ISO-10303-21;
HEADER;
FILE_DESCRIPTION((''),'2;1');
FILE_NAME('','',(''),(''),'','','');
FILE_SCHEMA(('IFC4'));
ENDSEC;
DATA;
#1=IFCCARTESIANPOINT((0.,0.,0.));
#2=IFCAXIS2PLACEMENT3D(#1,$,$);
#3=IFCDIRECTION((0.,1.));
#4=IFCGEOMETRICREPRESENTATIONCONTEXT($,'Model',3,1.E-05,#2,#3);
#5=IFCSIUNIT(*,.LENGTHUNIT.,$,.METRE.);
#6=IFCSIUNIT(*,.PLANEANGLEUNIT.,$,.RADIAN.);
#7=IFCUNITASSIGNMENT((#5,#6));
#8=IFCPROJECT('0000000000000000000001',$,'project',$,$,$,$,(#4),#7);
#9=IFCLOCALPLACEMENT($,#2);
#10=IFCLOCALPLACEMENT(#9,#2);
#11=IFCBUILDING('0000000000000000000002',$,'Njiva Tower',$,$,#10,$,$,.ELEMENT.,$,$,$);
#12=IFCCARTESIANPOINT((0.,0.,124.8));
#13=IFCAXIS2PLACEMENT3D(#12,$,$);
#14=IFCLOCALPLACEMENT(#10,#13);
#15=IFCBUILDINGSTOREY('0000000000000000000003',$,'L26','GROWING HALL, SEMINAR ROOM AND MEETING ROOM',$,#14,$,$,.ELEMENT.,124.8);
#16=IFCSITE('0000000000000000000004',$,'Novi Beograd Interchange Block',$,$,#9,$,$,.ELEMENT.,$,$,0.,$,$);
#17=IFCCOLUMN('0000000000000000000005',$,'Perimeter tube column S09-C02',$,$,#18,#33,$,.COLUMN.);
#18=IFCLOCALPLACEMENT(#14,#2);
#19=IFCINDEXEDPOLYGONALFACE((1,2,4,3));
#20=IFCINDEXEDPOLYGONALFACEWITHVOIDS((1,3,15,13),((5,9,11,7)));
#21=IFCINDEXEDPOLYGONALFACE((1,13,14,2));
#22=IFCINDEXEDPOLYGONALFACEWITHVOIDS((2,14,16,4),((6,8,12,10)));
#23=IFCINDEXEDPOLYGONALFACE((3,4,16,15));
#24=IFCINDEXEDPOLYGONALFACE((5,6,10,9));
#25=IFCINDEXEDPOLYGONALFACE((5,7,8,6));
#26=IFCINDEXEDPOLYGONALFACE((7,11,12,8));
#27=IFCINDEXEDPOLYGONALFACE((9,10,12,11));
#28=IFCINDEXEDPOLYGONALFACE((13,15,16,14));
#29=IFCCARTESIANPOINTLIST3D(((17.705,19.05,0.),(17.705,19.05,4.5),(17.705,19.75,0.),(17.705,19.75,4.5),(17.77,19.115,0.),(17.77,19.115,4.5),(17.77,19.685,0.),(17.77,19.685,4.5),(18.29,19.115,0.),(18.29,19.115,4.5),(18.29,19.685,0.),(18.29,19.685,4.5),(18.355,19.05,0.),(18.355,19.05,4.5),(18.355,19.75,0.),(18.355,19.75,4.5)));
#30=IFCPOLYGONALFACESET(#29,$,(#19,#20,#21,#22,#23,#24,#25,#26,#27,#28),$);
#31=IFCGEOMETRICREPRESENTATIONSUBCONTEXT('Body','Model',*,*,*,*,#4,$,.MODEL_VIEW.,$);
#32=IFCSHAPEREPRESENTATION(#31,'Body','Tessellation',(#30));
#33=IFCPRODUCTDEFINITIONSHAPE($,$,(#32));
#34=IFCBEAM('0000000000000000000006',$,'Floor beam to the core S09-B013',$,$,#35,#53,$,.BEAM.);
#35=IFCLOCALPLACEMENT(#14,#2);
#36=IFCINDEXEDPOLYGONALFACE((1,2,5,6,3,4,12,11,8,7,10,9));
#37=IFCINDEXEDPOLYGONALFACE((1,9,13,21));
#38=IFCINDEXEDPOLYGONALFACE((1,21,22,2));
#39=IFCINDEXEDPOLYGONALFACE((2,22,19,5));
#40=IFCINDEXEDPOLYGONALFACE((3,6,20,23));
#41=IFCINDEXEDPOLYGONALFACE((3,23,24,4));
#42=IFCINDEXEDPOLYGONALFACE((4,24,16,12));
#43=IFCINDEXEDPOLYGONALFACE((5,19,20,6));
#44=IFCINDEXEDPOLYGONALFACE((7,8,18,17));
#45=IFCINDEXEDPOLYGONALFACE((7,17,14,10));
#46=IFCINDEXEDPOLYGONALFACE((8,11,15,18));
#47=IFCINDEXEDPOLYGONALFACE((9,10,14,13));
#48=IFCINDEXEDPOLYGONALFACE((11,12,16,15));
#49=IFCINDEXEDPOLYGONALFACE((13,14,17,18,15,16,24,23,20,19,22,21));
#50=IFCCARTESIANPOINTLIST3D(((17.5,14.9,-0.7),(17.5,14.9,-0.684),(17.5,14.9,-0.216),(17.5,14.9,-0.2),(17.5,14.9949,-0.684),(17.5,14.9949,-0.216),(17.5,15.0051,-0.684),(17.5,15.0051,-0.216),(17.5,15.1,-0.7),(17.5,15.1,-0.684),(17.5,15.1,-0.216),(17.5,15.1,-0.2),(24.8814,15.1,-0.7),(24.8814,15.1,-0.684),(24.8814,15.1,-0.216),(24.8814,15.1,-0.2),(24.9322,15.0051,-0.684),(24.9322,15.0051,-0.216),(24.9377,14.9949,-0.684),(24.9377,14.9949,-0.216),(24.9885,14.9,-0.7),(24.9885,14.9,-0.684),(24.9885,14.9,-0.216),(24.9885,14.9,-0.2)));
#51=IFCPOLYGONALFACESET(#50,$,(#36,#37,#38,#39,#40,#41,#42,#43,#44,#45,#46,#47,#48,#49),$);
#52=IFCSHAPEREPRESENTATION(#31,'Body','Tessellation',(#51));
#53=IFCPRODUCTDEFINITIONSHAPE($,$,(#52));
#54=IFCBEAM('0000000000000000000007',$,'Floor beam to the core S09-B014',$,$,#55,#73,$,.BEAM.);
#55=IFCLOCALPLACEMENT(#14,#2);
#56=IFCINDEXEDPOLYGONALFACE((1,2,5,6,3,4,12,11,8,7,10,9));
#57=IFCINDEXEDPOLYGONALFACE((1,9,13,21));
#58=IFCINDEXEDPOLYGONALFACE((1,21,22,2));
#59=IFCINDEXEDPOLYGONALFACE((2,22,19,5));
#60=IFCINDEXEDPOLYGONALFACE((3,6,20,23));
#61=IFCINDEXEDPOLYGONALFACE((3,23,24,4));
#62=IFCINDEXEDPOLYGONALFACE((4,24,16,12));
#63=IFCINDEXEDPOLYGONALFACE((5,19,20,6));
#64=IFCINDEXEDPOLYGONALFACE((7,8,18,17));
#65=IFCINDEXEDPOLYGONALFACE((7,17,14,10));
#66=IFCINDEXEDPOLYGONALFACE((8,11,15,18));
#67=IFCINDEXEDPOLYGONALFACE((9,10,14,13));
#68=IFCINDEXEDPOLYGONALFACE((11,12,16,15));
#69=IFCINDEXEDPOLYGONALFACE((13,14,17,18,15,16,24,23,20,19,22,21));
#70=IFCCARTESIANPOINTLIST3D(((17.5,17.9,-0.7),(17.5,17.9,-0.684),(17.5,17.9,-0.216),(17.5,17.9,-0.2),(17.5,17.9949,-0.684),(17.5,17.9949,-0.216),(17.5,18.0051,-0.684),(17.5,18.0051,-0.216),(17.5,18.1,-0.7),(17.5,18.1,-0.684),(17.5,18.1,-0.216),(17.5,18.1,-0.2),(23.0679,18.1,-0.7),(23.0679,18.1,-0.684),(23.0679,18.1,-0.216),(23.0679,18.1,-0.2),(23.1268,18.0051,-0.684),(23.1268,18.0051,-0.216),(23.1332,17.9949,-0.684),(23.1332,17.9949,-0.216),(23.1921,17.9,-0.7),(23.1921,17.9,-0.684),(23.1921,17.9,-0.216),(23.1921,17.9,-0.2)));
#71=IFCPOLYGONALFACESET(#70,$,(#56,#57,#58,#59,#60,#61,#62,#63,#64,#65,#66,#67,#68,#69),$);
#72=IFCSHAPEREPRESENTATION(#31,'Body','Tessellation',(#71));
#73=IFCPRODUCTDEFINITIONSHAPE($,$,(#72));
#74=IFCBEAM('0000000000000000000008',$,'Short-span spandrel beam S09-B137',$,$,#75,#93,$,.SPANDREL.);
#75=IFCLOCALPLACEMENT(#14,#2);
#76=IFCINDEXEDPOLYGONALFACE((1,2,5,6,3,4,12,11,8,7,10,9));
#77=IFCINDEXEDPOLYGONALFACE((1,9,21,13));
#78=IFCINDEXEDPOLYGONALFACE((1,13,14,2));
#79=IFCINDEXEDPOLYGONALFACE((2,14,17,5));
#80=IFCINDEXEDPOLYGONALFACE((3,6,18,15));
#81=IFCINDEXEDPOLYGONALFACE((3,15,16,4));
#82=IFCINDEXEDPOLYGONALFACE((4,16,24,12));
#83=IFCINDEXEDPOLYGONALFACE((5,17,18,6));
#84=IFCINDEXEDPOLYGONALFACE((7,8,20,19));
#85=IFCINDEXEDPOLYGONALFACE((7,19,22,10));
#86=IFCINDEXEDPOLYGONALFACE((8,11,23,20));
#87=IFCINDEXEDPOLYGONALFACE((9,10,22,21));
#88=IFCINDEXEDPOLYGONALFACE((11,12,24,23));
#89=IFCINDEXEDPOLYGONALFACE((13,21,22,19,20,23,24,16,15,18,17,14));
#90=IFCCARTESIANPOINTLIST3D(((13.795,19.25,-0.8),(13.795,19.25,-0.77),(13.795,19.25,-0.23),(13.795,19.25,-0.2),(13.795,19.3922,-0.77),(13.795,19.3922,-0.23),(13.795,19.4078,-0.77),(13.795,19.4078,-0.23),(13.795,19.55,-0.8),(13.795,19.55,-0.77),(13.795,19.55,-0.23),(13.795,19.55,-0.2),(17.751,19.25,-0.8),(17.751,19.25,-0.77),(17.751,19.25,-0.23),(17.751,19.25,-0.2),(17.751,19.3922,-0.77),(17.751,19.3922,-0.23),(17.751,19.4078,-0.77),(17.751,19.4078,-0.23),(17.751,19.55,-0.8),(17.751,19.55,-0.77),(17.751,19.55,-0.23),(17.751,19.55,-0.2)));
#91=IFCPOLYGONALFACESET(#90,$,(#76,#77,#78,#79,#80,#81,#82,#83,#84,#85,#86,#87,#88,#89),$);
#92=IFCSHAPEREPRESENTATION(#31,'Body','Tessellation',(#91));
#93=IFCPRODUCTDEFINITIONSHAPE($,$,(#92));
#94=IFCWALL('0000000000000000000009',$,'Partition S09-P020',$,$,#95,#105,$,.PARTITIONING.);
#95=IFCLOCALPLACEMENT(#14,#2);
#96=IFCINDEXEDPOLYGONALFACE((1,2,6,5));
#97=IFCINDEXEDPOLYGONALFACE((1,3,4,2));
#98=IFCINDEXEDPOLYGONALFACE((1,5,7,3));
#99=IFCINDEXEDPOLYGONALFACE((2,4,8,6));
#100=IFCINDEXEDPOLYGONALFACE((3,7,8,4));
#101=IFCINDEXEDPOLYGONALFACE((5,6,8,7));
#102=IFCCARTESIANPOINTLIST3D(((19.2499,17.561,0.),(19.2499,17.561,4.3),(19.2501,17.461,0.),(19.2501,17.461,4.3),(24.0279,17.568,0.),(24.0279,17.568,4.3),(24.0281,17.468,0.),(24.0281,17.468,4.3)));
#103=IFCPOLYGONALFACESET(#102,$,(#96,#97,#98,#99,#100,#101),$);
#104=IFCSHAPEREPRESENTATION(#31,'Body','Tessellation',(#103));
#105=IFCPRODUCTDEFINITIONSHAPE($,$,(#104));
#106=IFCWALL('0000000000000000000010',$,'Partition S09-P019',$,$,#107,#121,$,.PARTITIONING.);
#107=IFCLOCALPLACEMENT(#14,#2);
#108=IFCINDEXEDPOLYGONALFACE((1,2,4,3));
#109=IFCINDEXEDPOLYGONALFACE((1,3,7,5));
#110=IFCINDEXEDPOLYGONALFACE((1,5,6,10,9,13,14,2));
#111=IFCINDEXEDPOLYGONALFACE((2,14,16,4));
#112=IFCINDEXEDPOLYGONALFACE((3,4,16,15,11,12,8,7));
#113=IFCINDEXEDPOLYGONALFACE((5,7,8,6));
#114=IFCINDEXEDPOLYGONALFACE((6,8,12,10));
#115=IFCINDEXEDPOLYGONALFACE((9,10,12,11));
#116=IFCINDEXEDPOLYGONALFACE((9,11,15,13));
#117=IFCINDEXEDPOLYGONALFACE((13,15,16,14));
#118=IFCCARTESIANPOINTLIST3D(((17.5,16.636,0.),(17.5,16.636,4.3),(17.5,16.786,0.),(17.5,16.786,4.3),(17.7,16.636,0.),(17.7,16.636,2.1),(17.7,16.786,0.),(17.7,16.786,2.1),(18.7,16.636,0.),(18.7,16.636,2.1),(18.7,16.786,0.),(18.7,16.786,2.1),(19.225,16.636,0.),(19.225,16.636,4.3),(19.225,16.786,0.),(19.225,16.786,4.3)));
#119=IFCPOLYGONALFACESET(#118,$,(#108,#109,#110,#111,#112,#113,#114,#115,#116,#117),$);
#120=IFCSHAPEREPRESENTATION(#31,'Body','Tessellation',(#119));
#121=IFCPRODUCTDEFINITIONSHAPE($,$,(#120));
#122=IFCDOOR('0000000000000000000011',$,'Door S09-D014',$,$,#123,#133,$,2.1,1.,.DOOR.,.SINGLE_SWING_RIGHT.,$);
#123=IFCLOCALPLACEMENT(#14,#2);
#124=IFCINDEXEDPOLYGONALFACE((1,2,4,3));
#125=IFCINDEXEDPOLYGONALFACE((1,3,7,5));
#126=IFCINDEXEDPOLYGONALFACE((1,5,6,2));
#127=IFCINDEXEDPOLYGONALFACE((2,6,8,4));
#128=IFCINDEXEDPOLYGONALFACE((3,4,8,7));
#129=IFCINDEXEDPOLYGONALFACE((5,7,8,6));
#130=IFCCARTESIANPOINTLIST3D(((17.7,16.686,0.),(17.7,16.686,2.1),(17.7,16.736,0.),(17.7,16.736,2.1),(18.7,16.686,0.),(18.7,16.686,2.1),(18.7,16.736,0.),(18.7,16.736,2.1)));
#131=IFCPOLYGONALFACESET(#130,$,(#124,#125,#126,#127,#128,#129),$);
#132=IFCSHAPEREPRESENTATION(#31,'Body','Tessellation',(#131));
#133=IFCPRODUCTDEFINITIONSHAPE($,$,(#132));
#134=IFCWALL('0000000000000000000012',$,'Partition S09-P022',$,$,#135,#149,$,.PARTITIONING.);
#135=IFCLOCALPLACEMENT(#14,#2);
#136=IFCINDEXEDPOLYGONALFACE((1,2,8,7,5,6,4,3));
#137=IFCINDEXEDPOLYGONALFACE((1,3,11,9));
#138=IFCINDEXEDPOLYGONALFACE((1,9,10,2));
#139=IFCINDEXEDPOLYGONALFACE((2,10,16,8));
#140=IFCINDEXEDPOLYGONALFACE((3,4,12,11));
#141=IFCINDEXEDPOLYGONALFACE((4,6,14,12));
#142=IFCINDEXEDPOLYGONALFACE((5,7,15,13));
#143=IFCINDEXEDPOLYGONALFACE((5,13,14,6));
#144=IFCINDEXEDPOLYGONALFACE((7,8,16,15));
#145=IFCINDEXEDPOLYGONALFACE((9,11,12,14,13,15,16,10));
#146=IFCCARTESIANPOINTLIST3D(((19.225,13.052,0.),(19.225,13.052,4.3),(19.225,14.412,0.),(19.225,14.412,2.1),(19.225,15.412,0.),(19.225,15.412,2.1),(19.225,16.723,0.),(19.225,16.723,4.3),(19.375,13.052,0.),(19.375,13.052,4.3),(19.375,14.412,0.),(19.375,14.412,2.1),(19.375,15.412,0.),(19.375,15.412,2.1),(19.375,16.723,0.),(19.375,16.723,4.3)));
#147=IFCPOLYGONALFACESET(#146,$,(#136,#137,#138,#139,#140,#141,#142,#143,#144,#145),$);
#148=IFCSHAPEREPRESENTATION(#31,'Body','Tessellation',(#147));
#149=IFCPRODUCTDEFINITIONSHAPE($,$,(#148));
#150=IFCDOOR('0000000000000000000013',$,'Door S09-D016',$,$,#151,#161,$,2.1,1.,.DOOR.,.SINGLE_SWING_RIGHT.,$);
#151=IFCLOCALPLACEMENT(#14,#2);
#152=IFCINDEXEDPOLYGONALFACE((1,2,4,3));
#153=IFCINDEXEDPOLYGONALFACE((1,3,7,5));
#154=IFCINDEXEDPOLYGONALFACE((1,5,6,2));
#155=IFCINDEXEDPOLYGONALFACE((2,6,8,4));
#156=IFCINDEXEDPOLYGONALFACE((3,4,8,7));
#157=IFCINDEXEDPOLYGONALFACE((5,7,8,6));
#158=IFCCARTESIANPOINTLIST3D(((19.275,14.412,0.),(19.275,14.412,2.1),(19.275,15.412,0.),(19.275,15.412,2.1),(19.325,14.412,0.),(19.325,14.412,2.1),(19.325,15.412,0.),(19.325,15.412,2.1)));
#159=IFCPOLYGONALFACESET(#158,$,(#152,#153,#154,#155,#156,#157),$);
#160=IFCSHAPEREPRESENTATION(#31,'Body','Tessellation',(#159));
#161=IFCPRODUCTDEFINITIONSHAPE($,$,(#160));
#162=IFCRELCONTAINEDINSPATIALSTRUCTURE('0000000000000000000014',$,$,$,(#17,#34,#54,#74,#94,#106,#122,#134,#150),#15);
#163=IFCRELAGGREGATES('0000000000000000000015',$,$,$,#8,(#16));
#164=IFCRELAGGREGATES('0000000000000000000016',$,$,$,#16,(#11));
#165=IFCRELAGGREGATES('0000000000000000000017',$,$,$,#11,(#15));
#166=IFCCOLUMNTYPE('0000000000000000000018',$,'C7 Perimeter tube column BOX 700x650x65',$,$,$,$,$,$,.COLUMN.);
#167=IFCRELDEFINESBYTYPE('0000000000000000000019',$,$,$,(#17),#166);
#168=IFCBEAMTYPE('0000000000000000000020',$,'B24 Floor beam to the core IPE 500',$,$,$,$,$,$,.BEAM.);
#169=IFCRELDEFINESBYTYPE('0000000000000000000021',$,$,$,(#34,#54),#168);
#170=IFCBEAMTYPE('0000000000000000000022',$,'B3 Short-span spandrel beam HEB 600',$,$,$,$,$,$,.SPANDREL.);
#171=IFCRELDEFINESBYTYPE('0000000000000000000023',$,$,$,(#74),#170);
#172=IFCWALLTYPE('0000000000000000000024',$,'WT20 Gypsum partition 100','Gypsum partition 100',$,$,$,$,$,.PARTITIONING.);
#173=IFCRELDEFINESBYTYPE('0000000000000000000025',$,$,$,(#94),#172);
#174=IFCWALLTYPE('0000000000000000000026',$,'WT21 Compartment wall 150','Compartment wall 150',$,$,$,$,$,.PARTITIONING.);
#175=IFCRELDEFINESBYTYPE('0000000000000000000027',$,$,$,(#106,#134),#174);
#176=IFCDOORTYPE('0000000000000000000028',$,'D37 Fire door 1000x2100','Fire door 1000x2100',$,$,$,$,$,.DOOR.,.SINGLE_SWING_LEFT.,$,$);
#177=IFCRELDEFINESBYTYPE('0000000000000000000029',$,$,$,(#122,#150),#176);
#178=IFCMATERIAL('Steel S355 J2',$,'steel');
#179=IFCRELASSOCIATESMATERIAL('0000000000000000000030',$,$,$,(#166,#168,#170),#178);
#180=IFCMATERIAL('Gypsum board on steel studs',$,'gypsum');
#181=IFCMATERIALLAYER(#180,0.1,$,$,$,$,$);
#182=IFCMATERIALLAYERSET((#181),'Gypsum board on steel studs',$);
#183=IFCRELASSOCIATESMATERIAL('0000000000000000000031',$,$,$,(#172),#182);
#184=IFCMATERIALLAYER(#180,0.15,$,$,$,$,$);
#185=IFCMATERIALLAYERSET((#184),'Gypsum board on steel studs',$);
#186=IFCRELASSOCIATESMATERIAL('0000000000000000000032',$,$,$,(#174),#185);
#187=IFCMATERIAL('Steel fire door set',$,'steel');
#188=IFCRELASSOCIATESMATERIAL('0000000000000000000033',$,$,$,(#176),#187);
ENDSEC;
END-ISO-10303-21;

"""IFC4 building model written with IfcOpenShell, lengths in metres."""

from ifc_helpers import new_model, si_unit, direction, frame, frame_2d, origin, origin_2d, place, context, subcontext, project, spatial, rectangle, hollow_rectangle, i_section, extrude, clip, halfspace, material, layer, layer_set, material_profile, profile_set, type_object, element, fill, save


model = new_model("IFC4")

# Units and contexts
model_context = context("Model", 3, precision=1e-05, world=origin(), true_north=direction((0.0, 1.0)))
body_context = subcontext(model_context, "Body", "Model", "MODEL_VIEW")
ifc_project = project(units=[si_unit("LENGTHUNIT", "METRE"), si_unit("PLANEANGLEUNIT", "RADIAN")], contexts=[model_context])

# Site, building, storey
site_placement = place(None, origin())
site = spatial("IfcSite", under=ifc_project, at=site_placement, Name="Novi Beograd Interchange Block", CompositionType="ELEMENT", RefElevation=0.0)
building_placement = place(site_placement, origin())
building = spatial("IfcBuilding", under=site, at=building_placement, Name="Njiva Tower", CompositionType="ELEMENT")
storey_placement = place(building_placement, frame((0.0, 0.0, 124.8)))
storey = spatial("IfcBuildingStorey", under=building, at=storey_placement, Name="L26", Description="GROWING HALL, SEMINAR ROOM AND MEETING ROOM", CompositionType="ELEMENT", Elevation=124.8)

# Column
ifc_material_1 = material(Name="Steel S355 J2", Category="steel")
ifc_material_profile_1 = material_profile(ifc_material_1, hollow_rectangle(XDim=0.65, YDim=0.7, WallThickness=0.065, at=origin_2d()), Name="BOX 700x650x65")
ifc_profile_set_1 = profile_set([ifc_material_profile_1], Name="Steel S355 J2")
column_type = type_object("IfcColumnType", Name="C7 Perimeter tube column BOX 700x650x65", PredefinedType="COLUMN", material=ifc_profile_set_1)
column_placement = place(storey_placement, frame((18.03, 19.4, 0.0), z_axis=(0.0, 0.0, 1.0), x_axis=(-1.0, 0.0, 0.0)))
element("IfcColumn", 1, at=column_placement, inside=storey, type_object=column_type, Name="Perimeter tube column S09-C02", PredefinedType="COLUMN", context=body_context, shape_type="SweptSolid", body=[
    extrude(hollow_rectangle(XDim=0.65, YDim=0.7, WallThickness=0.065, at=origin_2d()), origin(), (0.0, 0.0, 1.0), 4.5),
])

# Beams
ifc_material_profile_2 = material_profile(ifc_material_1, i_section(OverallWidth=0.2, OverallDepth=0.5, WebThickness=0.0102, FlangeThickness=0.016, at=origin_2d()), Name="IPE 500")
ifc_profile_set_2 = profile_set([ifc_material_profile_2], Name="Steel S355 J2")
beam_type_1 = type_object("IfcBeamType", Name="B24 Floor beam to the core IPE 500", PredefinedType="BEAM", material=ifc_profile_set_2)
beam_1_placement = place(storey_placement, frame((17.5, 15.0, -0.45), z_axis=(1.0, 0.0, 0.0), x_axis=(0.0, 1.0, 0.0)))
element("IfcBeam", 2, at=beam_1_placement, inside=storey, type_object=beam_type_1, Name="Floor beam to the core S09-B013", PredefinedType="BEAM", context=body_context, shape_type="Clipping", body=[
    clip(extrude(i_section(OverallWidth=0.2, OverallDepth=0.5, WebThickness=0.0102, FlangeThickness=0.016, at=origin_2d()), origin(), (0.0, 0.0, 1.0), 7.509), halfspace(frame((0.0236, 0.0, 7.4223), z_axis=(0.472122, 0.0, 0.881533), x_axis=(0.0, 1.0, 0.0)), False)),
])
beam_2_placement = place(storey_placement, frame((17.5, 18.0, -0.45), z_axis=(1.0, 0.0, 0.0), x_axis=(0.0, 1.0, 0.0)))
element("IfcBeam", 3, at=beam_2_placement, inside=storey, type_object=beam_type_1, Name="Floor beam to the core S09-B014", PredefinedType="BEAM", context=body_context, shape_type="Clipping", body=[
    clip(extrude(i_section(OverallWidth=0.2, OverallDepth=0.5, WebThickness=0.0102, FlangeThickness=0.016, at=origin_2d()), origin(), (0.0, 0.0, 1.0), 5.712), halfspace(frame((0.0264, 0.0, 5.6136), z_axis=(0.527368, 0.0, 0.849637), x_axis=(0.0, 1.0, 0.0)), False)),
])
ifc_material_profile_3 = material_profile(ifc_material_1, i_section(OverallWidth=0.3, OverallDepth=0.6, WebThickness=0.0155, FlangeThickness=0.03, at=origin_2d()), Name="HEB 600")
ifc_profile_set_3 = profile_set([ifc_material_profile_3], Name="Steel S355 J2")
beam_type_2 = type_object("IfcBeamType", Name="B3 Short-span spandrel beam HEB 600", PredefinedType="SPANDREL", material=ifc_profile_set_3)
beam_3_placement = place(storey_placement, frame((17.751, 19.4, -0.5), z_axis=(-1.0, 0.0, 0.0), x_axis=(0.0, -1.0, 0.0)))
element("IfcBeam", 4, at=beam_3_placement, inside=storey, type_object=beam_type_2, Name="Short-span spandrel beam S09-B137", PredefinedType="SPANDREL", context=body_context, shape_type="SweptSolid", body=[
    extrude(i_section(OverallWidth=0.3, OverallDepth=0.6, WebThickness=0.0155, FlangeThickness=0.03, at=origin_2d()), origin(), (0.0, 0.0, 1.0), 3.956),
])

# Wall
ifc_material_2 = material(Name="Gypsum board on steel studs", Category="gypsum")
ifc_layer_1 = layer(ifc_material_2, 0.1)
ifc_layer_set_1 = layer_set([ifc_layer_1], Name="Gypsum board on steel studs")
wall_type_1 = type_object("IfcWallType", Name="WT20 Gypsum partition 100", Description="Gypsum partition 100", PredefinedType="PARTITIONING", material=ifc_layer_set_1)
wall_1_placement = place(storey_placement, frame((19.25, 17.511, 0.0), z_axis=(0.0, 0.0, 1.0), x_axis=(0.999999, 0.001465, 0.0)))
element("IfcWall", 5, at=wall_1_placement, inside=storey, type_object=wall_type_1, Name="Partition S09-P020", PredefinedType="PARTITIONING", context=body_context, shape_type="SweptSolid", body=[
    extrude(rectangle(XDim=4.778, YDim=0.1, at=frame_2d((2.389, 0.0))), origin(), (0.0, 0.0, 1.0), 4.3),
])

# Walls, openings, doors
ifc_layer_2 = layer(ifc_material_2, 0.15)
ifc_layer_set_2 = layer_set([ifc_layer_2], Name="Gypsum board on steel studs")
wall_type_2 = type_object("IfcWallType", Name="WT21 Compartment wall 150", Description="Compartment wall 150", PredefinedType="PARTITIONING", material=ifc_layer_set_2)
wall_2_placement = place(storey_placement, frame((17.5, 16.711, 0.0), z_axis=(0.0, 0.0, 1.0), x_axis=(1.0, 0.0, 0.0)))
wall_2 = element("IfcWall", 6, at=wall_2_placement, inside=storey, type_object=wall_type_2, Name="Partition S09-P019", PredefinedType="PARTITIONING", context=body_context, shape_type="SweptSolid", body=[
    extrude(rectangle(XDim=1.725, YDim=0.15, at=frame_2d((0.8625, 0.0))), origin(), (0.0, 0.0, 1.0), 4.3),
])
opening_1_placement = place(wall_2_placement, frame((0.2, 0.0, 0.0)))
opening_1 = element("IfcOpeningElement", 7, at=opening_1_placement, cuts=wall_2, PredefinedType="OPENING", context=body_context, shape_type="SweptSolid", body=[
    extrude(rectangle(XDim=1.0, YDim=2.1, at=frame_2d((0.5, 1.05))), frame((0.0, 0.085, 0.0), z_axis=(0.0, -1.0, 0.0), x_axis=(1.0, 0.0, 0.0)), (0.0, 0.0, 1.0), 0.17),
])
ifc_material_3 = material(Name="Steel fire door set", Category="steel")
door_type = type_object("IfcDoorType", Name="D37 Fire door 1000x2100", Description="Fire door 1000x2100", OperationType="SINGLE_SWING_LEFT", PredefinedType="DOOR", material=ifc_material_3)
door_1_placement = place(opening_1_placement, origin())
door_1 = element("IfcDoor", 8, at=door_1_placement, inside=storey, type_object=door_type, Name="Door S09-D014", OperationType="SINGLE_SWING_RIGHT", OverallHeight=2.1, OverallWidth=1.0, PredefinedType="DOOR", context=body_context, shape_type="SweptSolid", body=[
    extrude(rectangle(XDim=1.0, YDim=2.1, at=frame_2d((0.5, 1.05))), frame((0.0, 0.025, 0.0), z_axis=(0.0, -1.0, 0.0), x_axis=(1.0, 0.0, 0.0)), (0.0, 0.0, 1.0), 0.05),
])
fill(opening_1, door_1)
wall_3_placement = place(storey_placement, frame((19.3, 13.052, 0.0), z_axis=(0.0, 0.0, 1.0), x_axis=(0.0, 1.0, 0.0)))
wall_3 = element("IfcWall", 9, at=wall_3_placement, inside=storey, type_object=wall_type_2, Name="Partition S09-P022", PredefinedType="PARTITIONING", context=body_context, shape_type="SweptSolid", body=[
    extrude(rectangle(XDim=3.671, YDim=0.15, at=frame_2d((1.8355, 0.0))), origin(), (0.0, 0.0, 1.0), 4.3),
])
opening_2_placement = place(wall_3_placement, frame((1.36, 0.0, 0.0)))
opening_2 = element("IfcOpeningElement", 10, at=opening_2_placement, cuts=wall_3, PredefinedType="OPENING", context=body_context, shape_type="SweptSolid", body=[
    extrude(rectangle(XDim=1.0, YDim=2.1, at=frame_2d((0.5, 1.05))), frame((0.0, 0.085, 0.0), z_axis=(0.0, -1.0, 0.0), x_axis=(1.0, 0.0, 0.0)), (0.0, 0.0, 1.0), 0.17),
])
door_2_placement = place(opening_2_placement, origin())
door_2 = element("IfcDoor", 11, at=door_2_placement, inside=storey, type_object=door_type, Name="Door S09-D016", OperationType="SINGLE_SWING_RIGHT", OverallHeight=2.1, OverallWidth=1.0, PredefinedType="DOOR", context=body_context, shape_type="SweptSolid", body=[
    extrude(rectangle(XDim=1.0, YDim=2.1, at=frame_2d((0.5, 1.05))), frame((0.0, 0.025, 0.0), z_axis=(0.0, -1.0, 0.0), x_axis=(1.0, 0.0, 0.0)), (0.0, 0.0, 1.0), 0.05),
])
fill(opening_2, door_2)

save(model, "model.ifc")
